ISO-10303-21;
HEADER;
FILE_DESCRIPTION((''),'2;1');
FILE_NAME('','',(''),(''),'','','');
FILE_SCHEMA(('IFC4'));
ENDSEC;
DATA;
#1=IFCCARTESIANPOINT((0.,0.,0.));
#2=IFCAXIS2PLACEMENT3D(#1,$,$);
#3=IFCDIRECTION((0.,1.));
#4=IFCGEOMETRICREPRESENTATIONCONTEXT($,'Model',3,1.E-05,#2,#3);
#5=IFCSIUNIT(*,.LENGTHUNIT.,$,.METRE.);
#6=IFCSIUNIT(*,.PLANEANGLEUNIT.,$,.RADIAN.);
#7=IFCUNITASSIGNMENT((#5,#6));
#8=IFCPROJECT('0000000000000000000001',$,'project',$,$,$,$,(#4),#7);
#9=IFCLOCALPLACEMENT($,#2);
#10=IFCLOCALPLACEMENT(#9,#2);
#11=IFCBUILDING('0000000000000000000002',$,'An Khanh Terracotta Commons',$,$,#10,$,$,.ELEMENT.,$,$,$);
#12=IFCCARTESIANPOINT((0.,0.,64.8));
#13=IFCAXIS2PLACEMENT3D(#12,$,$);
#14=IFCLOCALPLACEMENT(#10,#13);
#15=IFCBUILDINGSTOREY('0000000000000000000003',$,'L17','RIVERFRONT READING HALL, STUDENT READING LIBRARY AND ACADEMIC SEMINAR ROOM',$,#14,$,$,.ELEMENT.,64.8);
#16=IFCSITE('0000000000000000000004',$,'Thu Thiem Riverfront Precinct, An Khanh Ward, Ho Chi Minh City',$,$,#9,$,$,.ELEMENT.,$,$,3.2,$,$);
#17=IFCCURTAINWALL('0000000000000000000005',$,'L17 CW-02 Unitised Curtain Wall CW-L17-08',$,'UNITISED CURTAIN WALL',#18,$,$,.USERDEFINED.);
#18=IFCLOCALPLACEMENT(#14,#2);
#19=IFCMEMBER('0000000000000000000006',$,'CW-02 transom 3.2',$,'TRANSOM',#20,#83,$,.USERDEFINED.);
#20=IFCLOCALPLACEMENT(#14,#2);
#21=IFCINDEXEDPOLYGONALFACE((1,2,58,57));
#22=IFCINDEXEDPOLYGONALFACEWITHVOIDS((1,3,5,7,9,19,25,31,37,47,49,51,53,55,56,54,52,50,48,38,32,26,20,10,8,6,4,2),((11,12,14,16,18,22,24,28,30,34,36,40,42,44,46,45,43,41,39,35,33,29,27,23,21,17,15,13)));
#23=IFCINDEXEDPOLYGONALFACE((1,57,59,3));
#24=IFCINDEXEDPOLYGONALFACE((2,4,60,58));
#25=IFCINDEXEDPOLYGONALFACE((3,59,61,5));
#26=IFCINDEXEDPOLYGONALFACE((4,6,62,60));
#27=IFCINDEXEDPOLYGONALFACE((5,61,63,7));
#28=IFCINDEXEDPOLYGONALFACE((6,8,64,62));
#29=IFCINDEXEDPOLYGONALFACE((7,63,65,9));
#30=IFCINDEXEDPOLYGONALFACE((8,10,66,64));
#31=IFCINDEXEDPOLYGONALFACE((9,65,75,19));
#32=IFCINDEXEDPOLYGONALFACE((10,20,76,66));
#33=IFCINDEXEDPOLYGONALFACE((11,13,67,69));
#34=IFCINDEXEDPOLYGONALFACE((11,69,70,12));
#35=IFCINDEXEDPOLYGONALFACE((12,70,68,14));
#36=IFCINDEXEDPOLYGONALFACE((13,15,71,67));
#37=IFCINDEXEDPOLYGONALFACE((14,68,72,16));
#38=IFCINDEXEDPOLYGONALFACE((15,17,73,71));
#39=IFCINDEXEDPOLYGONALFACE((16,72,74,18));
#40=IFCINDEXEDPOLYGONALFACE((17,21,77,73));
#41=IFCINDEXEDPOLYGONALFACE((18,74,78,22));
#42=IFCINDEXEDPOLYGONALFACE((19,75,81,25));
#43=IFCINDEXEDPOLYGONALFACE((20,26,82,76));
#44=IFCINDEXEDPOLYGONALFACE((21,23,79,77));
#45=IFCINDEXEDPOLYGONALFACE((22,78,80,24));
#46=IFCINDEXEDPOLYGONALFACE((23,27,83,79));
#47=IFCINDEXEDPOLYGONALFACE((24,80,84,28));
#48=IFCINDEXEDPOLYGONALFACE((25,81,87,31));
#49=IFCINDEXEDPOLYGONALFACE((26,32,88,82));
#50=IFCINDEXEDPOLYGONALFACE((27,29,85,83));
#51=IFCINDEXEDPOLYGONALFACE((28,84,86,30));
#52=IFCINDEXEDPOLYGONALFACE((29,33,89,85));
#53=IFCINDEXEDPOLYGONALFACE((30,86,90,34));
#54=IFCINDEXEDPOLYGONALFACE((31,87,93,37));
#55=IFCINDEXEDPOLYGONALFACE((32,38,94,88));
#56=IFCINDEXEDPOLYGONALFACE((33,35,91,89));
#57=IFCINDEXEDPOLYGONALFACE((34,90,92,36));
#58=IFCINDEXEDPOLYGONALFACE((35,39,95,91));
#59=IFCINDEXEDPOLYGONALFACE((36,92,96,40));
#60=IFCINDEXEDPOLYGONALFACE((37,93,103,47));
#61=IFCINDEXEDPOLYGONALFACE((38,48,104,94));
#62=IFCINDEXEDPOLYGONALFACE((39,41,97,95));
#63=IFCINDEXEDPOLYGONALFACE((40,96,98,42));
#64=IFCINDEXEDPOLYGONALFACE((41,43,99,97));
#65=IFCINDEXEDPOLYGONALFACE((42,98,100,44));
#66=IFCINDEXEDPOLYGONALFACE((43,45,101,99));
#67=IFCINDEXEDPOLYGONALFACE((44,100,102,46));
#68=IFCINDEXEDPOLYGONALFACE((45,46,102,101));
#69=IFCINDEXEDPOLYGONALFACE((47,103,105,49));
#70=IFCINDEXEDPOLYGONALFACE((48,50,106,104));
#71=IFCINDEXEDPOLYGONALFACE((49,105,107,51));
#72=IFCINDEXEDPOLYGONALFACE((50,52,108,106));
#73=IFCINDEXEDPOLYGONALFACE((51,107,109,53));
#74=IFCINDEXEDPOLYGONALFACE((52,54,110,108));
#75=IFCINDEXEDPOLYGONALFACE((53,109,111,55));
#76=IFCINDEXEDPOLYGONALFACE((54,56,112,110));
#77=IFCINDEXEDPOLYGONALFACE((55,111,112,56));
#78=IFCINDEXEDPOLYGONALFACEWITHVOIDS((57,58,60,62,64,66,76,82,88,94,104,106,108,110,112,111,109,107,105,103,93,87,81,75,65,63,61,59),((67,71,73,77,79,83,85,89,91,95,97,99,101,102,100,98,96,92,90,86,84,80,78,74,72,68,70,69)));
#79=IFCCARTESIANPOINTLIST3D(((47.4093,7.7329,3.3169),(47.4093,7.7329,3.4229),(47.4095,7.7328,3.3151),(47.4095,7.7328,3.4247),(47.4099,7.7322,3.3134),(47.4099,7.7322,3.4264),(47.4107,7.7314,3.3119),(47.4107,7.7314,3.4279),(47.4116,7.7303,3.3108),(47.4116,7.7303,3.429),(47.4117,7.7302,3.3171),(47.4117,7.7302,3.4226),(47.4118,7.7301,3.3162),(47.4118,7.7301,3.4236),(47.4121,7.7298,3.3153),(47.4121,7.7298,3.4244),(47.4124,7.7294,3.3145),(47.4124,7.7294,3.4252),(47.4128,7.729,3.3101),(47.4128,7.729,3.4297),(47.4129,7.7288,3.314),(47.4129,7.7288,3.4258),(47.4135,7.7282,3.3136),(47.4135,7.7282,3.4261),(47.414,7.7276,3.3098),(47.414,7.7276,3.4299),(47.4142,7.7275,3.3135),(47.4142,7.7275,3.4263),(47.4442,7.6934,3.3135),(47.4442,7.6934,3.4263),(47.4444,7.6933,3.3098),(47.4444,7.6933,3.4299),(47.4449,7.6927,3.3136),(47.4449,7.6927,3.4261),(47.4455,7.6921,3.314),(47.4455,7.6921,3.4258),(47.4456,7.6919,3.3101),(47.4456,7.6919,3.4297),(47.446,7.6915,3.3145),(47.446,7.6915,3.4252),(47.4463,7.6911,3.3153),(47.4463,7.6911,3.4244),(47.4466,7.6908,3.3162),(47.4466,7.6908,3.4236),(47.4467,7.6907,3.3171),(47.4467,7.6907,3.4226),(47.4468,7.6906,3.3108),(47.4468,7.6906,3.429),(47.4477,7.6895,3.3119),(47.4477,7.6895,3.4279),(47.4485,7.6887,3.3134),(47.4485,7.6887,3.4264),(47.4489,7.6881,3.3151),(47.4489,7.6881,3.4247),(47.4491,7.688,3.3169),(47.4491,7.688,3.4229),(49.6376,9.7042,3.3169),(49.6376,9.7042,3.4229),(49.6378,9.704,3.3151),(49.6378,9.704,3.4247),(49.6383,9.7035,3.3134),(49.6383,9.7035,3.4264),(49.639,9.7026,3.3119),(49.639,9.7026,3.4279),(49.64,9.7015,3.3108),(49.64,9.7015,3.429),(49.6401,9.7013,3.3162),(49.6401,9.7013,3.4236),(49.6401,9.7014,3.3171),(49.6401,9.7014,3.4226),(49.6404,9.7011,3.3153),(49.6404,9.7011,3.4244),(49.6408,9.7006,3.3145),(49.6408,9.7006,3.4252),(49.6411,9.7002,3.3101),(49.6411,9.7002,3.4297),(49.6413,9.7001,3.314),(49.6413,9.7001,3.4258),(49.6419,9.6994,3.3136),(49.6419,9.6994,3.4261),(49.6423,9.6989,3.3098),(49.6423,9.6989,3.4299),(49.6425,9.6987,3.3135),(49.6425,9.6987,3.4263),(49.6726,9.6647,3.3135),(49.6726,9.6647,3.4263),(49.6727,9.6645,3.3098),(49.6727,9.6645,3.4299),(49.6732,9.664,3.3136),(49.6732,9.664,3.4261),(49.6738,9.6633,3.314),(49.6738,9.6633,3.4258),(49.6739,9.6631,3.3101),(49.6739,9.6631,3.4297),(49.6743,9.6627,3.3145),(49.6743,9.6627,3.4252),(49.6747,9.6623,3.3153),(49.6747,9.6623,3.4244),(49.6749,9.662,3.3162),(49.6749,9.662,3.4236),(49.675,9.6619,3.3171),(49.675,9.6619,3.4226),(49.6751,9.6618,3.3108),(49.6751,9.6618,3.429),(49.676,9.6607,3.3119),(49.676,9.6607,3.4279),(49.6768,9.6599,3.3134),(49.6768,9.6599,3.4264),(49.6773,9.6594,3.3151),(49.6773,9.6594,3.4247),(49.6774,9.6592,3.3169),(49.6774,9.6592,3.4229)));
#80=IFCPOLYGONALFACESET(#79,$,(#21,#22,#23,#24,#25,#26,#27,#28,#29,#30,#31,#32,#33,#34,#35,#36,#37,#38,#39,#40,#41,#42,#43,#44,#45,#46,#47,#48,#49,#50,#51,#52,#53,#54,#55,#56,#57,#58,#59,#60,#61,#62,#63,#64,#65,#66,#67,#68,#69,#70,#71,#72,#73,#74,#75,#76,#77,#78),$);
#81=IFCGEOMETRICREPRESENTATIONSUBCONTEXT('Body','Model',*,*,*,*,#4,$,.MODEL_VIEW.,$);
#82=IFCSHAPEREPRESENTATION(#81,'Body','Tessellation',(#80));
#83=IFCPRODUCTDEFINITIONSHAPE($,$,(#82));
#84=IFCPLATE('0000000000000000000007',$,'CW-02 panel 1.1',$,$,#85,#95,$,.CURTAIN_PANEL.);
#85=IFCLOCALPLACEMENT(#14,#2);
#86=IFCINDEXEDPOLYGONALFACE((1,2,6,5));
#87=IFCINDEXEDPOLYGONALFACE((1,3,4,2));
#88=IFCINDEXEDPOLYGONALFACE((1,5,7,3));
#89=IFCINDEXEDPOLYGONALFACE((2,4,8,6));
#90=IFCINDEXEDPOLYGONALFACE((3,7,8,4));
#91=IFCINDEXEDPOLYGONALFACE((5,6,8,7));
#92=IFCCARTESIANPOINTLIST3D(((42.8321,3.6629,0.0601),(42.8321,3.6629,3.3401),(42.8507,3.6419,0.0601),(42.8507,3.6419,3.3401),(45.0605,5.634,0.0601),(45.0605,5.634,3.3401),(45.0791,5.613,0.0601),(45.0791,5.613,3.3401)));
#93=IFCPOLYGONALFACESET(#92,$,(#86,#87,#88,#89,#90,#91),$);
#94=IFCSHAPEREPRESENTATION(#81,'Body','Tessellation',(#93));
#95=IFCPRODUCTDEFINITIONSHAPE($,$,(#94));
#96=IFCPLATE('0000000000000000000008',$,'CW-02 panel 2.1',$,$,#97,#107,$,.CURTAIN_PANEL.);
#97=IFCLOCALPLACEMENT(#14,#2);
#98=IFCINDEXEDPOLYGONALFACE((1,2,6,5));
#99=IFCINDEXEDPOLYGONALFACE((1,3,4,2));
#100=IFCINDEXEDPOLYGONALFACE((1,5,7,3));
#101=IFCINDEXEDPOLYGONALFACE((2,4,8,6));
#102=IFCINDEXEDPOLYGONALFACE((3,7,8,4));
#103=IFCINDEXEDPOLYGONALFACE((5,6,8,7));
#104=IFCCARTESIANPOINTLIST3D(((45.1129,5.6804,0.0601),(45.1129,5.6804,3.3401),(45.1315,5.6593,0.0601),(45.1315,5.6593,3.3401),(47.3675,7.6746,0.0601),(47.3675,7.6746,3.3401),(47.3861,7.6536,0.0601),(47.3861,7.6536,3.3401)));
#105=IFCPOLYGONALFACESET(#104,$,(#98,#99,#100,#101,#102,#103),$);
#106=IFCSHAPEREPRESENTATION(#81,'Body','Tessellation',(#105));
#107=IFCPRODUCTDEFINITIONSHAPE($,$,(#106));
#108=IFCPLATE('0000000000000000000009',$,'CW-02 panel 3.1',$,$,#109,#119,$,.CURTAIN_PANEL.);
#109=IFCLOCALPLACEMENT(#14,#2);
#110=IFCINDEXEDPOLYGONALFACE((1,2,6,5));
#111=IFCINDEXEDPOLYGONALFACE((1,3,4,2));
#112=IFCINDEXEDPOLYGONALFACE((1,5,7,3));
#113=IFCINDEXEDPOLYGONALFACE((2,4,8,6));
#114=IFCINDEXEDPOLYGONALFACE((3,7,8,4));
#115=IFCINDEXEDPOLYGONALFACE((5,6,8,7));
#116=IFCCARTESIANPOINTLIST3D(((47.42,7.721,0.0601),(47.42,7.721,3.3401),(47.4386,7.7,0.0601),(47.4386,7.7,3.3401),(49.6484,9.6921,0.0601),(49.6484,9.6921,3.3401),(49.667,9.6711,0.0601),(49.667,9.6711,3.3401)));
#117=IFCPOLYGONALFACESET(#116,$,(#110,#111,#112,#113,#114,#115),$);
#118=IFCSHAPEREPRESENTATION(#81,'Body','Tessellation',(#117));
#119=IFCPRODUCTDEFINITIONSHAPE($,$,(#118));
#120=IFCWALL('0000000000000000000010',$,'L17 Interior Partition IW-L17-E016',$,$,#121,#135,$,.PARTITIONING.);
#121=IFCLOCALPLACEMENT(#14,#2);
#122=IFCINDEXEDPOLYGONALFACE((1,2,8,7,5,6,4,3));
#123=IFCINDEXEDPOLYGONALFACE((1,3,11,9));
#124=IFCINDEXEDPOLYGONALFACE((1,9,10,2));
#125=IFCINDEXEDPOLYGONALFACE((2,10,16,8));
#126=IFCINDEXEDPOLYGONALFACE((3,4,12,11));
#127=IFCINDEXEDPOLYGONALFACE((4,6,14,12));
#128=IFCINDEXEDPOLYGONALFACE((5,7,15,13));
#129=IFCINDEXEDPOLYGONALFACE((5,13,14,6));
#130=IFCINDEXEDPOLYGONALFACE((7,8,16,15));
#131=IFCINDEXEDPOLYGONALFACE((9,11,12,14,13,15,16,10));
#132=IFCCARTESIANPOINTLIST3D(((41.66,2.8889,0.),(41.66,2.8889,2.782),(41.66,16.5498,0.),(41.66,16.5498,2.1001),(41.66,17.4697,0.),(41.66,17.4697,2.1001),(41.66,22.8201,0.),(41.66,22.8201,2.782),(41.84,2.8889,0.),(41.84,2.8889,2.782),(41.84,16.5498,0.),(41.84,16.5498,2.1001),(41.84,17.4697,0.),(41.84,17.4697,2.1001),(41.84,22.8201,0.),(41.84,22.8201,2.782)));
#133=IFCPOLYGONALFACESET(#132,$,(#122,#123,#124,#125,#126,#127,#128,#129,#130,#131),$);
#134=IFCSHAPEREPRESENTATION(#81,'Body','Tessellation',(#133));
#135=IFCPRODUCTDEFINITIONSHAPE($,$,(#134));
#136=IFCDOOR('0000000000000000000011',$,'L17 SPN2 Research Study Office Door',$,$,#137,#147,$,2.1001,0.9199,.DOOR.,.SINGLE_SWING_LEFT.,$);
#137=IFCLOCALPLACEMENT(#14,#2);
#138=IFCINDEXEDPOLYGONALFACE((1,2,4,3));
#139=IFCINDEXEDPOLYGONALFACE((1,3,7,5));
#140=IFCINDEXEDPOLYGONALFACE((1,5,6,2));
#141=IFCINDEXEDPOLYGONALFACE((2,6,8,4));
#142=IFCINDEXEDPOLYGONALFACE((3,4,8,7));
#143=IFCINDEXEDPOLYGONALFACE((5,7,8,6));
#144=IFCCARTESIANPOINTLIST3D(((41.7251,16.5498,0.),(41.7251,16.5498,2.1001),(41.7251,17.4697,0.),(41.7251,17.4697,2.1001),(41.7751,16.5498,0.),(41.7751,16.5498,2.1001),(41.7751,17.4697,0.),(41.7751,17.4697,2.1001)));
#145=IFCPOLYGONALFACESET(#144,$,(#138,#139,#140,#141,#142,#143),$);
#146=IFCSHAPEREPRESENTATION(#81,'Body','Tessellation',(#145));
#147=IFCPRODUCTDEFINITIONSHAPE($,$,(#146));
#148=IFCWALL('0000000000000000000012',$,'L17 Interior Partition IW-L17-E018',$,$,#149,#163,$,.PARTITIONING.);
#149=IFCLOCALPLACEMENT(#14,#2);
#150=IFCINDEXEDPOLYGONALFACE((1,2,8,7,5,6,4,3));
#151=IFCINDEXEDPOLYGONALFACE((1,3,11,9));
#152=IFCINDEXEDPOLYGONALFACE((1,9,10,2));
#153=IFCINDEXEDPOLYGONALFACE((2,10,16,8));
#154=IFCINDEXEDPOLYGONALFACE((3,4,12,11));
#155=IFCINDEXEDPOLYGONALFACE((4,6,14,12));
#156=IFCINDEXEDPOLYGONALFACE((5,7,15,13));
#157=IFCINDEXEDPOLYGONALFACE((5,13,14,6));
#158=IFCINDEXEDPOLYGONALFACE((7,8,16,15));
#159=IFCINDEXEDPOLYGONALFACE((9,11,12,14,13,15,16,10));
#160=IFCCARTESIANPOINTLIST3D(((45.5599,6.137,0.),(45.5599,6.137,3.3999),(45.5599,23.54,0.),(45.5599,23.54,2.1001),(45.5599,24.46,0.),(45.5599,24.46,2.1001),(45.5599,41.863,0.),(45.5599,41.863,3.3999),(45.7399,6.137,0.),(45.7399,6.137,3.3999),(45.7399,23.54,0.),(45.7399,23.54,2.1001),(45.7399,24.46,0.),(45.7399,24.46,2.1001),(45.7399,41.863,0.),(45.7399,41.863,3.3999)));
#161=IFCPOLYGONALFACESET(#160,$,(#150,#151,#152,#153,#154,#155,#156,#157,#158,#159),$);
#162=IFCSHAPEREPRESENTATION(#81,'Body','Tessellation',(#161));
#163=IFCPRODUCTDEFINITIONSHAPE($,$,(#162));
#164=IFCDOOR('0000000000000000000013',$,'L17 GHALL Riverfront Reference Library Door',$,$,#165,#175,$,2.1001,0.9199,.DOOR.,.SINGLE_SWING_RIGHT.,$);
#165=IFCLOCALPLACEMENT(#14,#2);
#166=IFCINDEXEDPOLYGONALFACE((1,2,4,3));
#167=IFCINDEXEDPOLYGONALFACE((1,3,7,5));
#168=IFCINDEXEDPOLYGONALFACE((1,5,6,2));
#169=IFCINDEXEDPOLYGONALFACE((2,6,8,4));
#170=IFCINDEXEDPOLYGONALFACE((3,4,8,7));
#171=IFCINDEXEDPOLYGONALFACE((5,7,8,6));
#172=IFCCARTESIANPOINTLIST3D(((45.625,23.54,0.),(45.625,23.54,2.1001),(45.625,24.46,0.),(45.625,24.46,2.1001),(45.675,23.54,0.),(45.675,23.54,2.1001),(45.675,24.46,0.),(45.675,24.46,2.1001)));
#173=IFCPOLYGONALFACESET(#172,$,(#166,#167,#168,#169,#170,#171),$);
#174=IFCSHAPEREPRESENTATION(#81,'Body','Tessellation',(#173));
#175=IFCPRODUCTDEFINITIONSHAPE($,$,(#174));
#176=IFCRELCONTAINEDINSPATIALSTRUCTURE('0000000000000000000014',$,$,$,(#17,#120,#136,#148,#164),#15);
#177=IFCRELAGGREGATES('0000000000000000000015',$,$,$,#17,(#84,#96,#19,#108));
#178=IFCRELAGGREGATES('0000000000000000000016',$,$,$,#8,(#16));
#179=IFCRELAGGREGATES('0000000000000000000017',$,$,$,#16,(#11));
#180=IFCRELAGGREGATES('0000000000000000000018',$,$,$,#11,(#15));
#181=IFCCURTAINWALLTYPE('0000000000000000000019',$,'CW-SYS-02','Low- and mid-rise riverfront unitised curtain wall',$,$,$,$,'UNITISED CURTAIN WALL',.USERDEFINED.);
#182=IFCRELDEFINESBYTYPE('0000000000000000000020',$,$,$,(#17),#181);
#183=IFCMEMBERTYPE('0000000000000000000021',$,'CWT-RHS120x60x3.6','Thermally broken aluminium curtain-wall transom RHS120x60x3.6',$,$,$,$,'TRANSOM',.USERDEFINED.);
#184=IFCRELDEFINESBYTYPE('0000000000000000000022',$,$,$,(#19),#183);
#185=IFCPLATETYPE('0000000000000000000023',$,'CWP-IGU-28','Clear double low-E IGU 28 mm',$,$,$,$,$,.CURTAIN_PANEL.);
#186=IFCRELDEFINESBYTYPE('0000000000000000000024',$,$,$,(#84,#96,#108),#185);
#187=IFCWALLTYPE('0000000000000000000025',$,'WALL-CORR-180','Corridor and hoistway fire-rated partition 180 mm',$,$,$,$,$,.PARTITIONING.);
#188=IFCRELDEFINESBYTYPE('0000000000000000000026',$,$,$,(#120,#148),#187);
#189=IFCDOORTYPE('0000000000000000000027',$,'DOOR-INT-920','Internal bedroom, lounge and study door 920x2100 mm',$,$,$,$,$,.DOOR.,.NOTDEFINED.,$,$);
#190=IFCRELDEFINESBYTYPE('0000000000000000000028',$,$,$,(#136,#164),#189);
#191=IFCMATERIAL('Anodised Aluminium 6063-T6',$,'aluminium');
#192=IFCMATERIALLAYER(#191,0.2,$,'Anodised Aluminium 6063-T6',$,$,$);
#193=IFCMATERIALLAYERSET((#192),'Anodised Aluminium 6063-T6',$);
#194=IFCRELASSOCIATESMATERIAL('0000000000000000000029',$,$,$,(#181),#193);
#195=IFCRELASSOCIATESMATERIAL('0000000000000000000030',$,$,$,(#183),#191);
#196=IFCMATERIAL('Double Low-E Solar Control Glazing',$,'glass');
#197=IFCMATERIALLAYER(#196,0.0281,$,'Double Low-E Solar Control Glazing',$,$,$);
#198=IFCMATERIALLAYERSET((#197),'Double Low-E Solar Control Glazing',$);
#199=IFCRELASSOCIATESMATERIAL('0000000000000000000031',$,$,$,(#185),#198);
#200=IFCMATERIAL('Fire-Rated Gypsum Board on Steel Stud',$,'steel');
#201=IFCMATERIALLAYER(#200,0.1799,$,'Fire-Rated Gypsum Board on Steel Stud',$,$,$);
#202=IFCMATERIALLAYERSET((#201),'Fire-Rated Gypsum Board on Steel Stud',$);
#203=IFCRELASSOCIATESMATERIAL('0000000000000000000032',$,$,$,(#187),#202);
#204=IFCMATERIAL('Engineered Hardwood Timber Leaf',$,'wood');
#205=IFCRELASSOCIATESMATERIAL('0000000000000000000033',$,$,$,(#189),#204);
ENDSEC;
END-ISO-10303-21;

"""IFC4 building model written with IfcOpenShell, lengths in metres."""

from ifc_helpers import new_model, si_unit, direction, frame, frame_2d, origin, origin_2d, place, context, subcontext, project, spatial, rectangle, hollow_rectangle, extrude, material, layer, layer_set, material_profile, profile_set, type_object, element, fill, aggregate, save


model = new_model("IFC4")

# Units and contexts
model_context = context("Model", 3, precision=1e-05, world=origin(), true_north=direction((0.0, 1.0)))
body_context = subcontext(model_context, "Body", "Model", "MODEL_VIEW")
ifc_project = project(units=[si_unit("LENGTHUNIT", "METRE"), si_unit("PLANEANGLEUNIT", "RADIAN")], contexts=[model_context])

# Site, building, storey
site_placement = place(None, origin())
site = spatial("IfcSite", under=ifc_project, at=site_placement, Name="Thu Thiem Riverfront Precinct, An Khanh Ward, Ho Chi Minh City", CompositionType="ELEMENT", RefElevation=3.2)
building_placement = place(site_placement, origin())
building = spatial("IfcBuilding", under=site, at=building_placement, Name="An Khanh Terracotta Commons", CompositionType="ELEMENT")
storey_placement = place(building_placement, frame((0.0, 0.0, 64.8)))
storey = spatial("IfcBuildingStorey", under=building, at=storey_placement, Name="L17", Description="RIVERFRONT READING HALL, STUDENT READING LIBRARY AND ACADEMIC SEMINAR ROOM", CompositionType="ELEMENT", Elevation=64.8)

# Curtain wall
ifc_material_1 = material(Name="Anodised Aluminium 6063-T6", Category="aluminium")
ifc_layer_1 = layer(ifc_material_1, 0.2, Name="Anodised Aluminium 6063-T6")
ifc_layer_set_1 = layer_set([ifc_layer_1], Name="Anodised Aluminium 6063-T6")
curtain_wall_type = type_object("IfcCurtainWallType", Name="CW-SYS-02", Description="Low- and mid-rise riverfront unitised curtain wall", ElementType="UNITISED CURTAIN WALL", PredefinedType="USERDEFINED", material=ifc_layer_set_1)
curtain_wall_1_placement = place(storey_placement, origin())
curtain_wall_1 = element("IfcCurtainWall", 1, at=curtain_wall_1_placement, inside=storey, type_object=curtain_wall_type, Name="L17 CW-02 Unitised Curtain Wall CW-L17-08", ObjectType="UNITISED CURTAIN WALL", PredefinedType="USERDEFINED")

# Member
ifc_material_profile_1 = material_profile(ifc_material_1, hollow_rectangle(XDim=0.0601, YDim=0.1201, WallThickness=0.0037, InnerFilletRadius=0.0037, OuterFilletRadius=0.0071, at=origin_2d()), Name="RHS120x60x3.6")
ifc_profile_set_1 = profile_set([ifc_material_profile_1], Name="Anodised Aluminium 6063-T6")
member_type_1 = type_object("IfcMemberType", Name="CWT-RHS120x60x3.6", Description="Thermally broken aluminium curtain-wall transom RHS120x60x3.6", ElementType="TRANSOM", PredefinedType="USERDEFINED", material=ifc_profile_set_1)
member_1_placement = place(storey_placement, frame((47.4292, 7.7104, 3.3699), z_axis=(0.748992, 0.662579, 0.0), x_axis=(-0.662579, 0.748992, 0.0)))
member_1 = element("IfcMember", 2, at=member_1_placement, type_object=member_type_1, Name="CW-02 transom 3.2", ObjectType="TRANSOM", PredefinedType="USERDEFINED", context=body_context, shape_type="SweptSolid", body=[
    extrude(hollow_rectangle(XDim=0.0601, YDim=0.1201, WallThickness=0.0037, InnerFilletRadius=0.0037, OuterFilletRadius=0.0071, at=origin_2d()), origin(), (0.0, 0.0, 1.0), 2.9751),
])

# Plates
ifc_material_2 = material(Name="Double Low-E Solar Control Glazing", Category="glass")
ifc_layer_2 = layer(ifc_material_2, 0.0281, Name="Double Low-E Solar Control Glazing")
ifc_layer_set_2 = layer_set([ifc_layer_2], Name="Double Low-E Solar Control Glazing")
plate_type = type_object("IfcPlateType", Name="CWP-IGU-28", Description="Clear double low-E IGU 28 mm", PredefinedType="CURTAIN_PANEL", material=ifc_layer_set_2)
plate_1_placement = place(storey_placement, frame((43.9556, 4.6379, 0.0601), z_axis=(0.0, 0.0, 1.0), x_axis=(0.749019, 0.662548, 0.0)))
plate_1 = element("IfcPlate", 3, at=plate_1_placement, type_object=plate_type, Name="CW-02 panel 1.1", PredefinedType="CURTAIN_PANEL", context=body_context, shape_type="SweptSolid", body=[
    extrude(rectangle(XDim=2.9751, YDim=0.0281, at=origin_2d()), origin(), (0.0, 0.0, 1.0), 3.28),
])
plate_2_placement = place(storey_placement, frame((46.2495, 6.667, 0.0601), z_axis=(0.0, 0.0, 1.0), x_axis=(0.749019, 0.662548, 0.0)))
plate_2 = element("IfcPlate", 4, at=plate_2_placement, type_object=plate_type, Name="CW-02 panel 2.1", PredefinedType="CURTAIN_PANEL", context=body_context, shape_type="SweptSolid", body=[
    extrude(rectangle(XDim=3.01, YDim=0.0281, at=origin_2d()), origin(), (0.0, 0.0, 1.0), 3.28),
])
plate_3_placement = place(storey_placement, frame((48.5435, 8.696, 0.0601), z_axis=(0.0, 0.0, 1.0), x_axis=(0.749019, 0.662548, 0.0)))
plate_3 = element("IfcPlate", 5, at=plate_3_placement, type_object=plate_type, Name="CW-02 panel 3.1", PredefinedType="CURTAIN_PANEL", context=body_context, shape_type="SweptSolid", body=[
    extrude(rectangle(XDim=2.9751, YDim=0.0281, at=origin_2d()), origin(), (0.0, 0.0, 1.0), 3.28),
])
aggregate(curtain_wall_1, [plate_1, plate_2, member_1, plate_3])

# Walls, openings, doors
ifc_material_3 = material(Name="Fire-Rated Gypsum Board on Steel Stud", Category="steel")
ifc_layer_3 = layer(ifc_material_3, 0.1799, Name="Fire-Rated Gypsum Board on Steel Stud")
ifc_layer_set_3 = layer_set([ifc_layer_3], Name="Fire-Rated Gypsum Board on Steel Stud")
wall_type_1 = type_object("IfcWallType", Name="WALL-CORR-180", Description="Corridor and hoistway fire-rated partition 180 mm", PredefinedType="PARTITIONING", material=ifc_layer_set_3)
wall_1_placement = place(storey_placement, frame((41.75, 2.8889, 0.0), z_axis=(0.0, 0.0, 1.0), x_axis=(0.0, 1.0, 0.0)))
wall_1 = element("IfcWall", 6, at=wall_1_placement, inside=storey, type_object=wall_type_1, Name="L17 Interior Partition IW-L17-E016", PredefinedType="PARTITIONING", context=body_context, shape_type="SweptSolid", body=[
    extrude(rectangle(XDim=19.9312, YDim=0.1799, at=frame_2d((9.9656, 0.0))), origin(), (0.0, 0.0, 1.0), 2.782),
])
opening_1_placement = place(wall_1_placement, frame((13.6609, 0.0, 0.0)))
opening_1 = element("IfcOpeningElement", 7, at=opening_1_placement, cuts=wall_1, PredefinedType="OPENING", context=body_context, shape_type="SweptSolid", body=[
    extrude(rectangle(XDim=0.9199, YDim=2.1001, at=frame_2d((0.46, 1.05))), frame((0.0, 0.0999, 0.0), z_axis=(0.0, -1.0, 0.0), x_axis=(1.0, 0.0, 0.0)), (0.0, 0.0, 1.0), 0.2),
])
ifc_material_4 = material(Name="Engineered Hardwood Timber Leaf", Category="wood")
door_type = type_object("IfcDoorType", Name="DOOR-INT-920", Description="Internal bedroom, lounge and study door 920x2100 mm", OperationType="NOTDEFINED", PredefinedType="DOOR", material=ifc_material_4)
door_1_placement = place(opening_1_placement, origin())
door_1 = element("IfcDoor", 8, at=door_1_placement, inside=storey, type_object=door_type, Name="L17 SPN2 Research Study Office Door", OperationType="SINGLE_SWING_LEFT", OverallHeight=2.1001, OverallWidth=0.9199, PredefinedType="DOOR", context=body_context, shape_type="SweptSolid", body=[
    extrude(rectangle(XDim=0.9199, YDim=2.1001, at=frame_2d((0.46, 1.05))), frame((0.0, 0.0249, 0.0), z_axis=(0.0, -1.0, 0.0), x_axis=(1.0, 0.0, 0.0)), (0.0, 0.0, 1.0), 0.05),
])
fill(opening_1, door_1)
wall_2_placement = place(storey_placement, frame((45.6499, 6.137, 0.0), z_axis=(0.0, 0.0, 1.0), x_axis=(0.0, 1.0, 0.0)))
wall_2 = element("IfcWall", 9, at=wall_2_placement, inside=storey, type_object=wall_type_1, Name="L17 Interior Partition IW-L17-E018", PredefinedType="PARTITIONING", context=body_context, shape_type="SweptSolid", body=[
    extrude(rectangle(XDim=35.7261, YDim=0.1799, at=frame_2d((17.863, 0.0))), origin(), (0.0, 0.0, 1.0), 3.3999),
])
opening_2_placement = place(wall_2_placement, frame((17.4031, 0.0, 0.0)))
opening_2 = element("IfcOpeningElement", 10, at=opening_2_placement, cuts=wall_2, PredefinedType="OPENING", context=body_context, shape_type="SweptSolid", body=[
    extrude(rectangle(XDim=0.9199, YDim=2.1001, at=frame_2d((0.46, 1.05))), frame((0.0, 0.0999, 0.0), z_axis=(0.0, -1.0, 0.0), x_axis=(1.0, 0.0, 0.0)), (0.0, 0.0, 1.0), 0.2),
])
door_2_placement = place(opening_2_placement, origin())
door_2 = element("IfcDoor", 11, at=door_2_placement, inside=storey, type_object=door_type, Name="L17 GHALL Riverfront Reference Library Door", OperationType="SINGLE_SWING_RIGHT", OverallHeight=2.1001, OverallWidth=0.9199, PredefinedType="DOOR", context=body_context, shape_type="SweptSolid", body=[
    extrude(rectangle(XDim=0.9199, YDim=2.1001, at=frame_2d((0.46, 1.05))), frame((0.0, 0.0249, 0.0), z_axis=(0.0, -1.0, 0.0), x_axis=(1.0, 0.0, 0.0)), (0.0, 0.0, 1.0), 0.05),
])
fill(opening_2, door_2)

save(model, "model.ifc")
